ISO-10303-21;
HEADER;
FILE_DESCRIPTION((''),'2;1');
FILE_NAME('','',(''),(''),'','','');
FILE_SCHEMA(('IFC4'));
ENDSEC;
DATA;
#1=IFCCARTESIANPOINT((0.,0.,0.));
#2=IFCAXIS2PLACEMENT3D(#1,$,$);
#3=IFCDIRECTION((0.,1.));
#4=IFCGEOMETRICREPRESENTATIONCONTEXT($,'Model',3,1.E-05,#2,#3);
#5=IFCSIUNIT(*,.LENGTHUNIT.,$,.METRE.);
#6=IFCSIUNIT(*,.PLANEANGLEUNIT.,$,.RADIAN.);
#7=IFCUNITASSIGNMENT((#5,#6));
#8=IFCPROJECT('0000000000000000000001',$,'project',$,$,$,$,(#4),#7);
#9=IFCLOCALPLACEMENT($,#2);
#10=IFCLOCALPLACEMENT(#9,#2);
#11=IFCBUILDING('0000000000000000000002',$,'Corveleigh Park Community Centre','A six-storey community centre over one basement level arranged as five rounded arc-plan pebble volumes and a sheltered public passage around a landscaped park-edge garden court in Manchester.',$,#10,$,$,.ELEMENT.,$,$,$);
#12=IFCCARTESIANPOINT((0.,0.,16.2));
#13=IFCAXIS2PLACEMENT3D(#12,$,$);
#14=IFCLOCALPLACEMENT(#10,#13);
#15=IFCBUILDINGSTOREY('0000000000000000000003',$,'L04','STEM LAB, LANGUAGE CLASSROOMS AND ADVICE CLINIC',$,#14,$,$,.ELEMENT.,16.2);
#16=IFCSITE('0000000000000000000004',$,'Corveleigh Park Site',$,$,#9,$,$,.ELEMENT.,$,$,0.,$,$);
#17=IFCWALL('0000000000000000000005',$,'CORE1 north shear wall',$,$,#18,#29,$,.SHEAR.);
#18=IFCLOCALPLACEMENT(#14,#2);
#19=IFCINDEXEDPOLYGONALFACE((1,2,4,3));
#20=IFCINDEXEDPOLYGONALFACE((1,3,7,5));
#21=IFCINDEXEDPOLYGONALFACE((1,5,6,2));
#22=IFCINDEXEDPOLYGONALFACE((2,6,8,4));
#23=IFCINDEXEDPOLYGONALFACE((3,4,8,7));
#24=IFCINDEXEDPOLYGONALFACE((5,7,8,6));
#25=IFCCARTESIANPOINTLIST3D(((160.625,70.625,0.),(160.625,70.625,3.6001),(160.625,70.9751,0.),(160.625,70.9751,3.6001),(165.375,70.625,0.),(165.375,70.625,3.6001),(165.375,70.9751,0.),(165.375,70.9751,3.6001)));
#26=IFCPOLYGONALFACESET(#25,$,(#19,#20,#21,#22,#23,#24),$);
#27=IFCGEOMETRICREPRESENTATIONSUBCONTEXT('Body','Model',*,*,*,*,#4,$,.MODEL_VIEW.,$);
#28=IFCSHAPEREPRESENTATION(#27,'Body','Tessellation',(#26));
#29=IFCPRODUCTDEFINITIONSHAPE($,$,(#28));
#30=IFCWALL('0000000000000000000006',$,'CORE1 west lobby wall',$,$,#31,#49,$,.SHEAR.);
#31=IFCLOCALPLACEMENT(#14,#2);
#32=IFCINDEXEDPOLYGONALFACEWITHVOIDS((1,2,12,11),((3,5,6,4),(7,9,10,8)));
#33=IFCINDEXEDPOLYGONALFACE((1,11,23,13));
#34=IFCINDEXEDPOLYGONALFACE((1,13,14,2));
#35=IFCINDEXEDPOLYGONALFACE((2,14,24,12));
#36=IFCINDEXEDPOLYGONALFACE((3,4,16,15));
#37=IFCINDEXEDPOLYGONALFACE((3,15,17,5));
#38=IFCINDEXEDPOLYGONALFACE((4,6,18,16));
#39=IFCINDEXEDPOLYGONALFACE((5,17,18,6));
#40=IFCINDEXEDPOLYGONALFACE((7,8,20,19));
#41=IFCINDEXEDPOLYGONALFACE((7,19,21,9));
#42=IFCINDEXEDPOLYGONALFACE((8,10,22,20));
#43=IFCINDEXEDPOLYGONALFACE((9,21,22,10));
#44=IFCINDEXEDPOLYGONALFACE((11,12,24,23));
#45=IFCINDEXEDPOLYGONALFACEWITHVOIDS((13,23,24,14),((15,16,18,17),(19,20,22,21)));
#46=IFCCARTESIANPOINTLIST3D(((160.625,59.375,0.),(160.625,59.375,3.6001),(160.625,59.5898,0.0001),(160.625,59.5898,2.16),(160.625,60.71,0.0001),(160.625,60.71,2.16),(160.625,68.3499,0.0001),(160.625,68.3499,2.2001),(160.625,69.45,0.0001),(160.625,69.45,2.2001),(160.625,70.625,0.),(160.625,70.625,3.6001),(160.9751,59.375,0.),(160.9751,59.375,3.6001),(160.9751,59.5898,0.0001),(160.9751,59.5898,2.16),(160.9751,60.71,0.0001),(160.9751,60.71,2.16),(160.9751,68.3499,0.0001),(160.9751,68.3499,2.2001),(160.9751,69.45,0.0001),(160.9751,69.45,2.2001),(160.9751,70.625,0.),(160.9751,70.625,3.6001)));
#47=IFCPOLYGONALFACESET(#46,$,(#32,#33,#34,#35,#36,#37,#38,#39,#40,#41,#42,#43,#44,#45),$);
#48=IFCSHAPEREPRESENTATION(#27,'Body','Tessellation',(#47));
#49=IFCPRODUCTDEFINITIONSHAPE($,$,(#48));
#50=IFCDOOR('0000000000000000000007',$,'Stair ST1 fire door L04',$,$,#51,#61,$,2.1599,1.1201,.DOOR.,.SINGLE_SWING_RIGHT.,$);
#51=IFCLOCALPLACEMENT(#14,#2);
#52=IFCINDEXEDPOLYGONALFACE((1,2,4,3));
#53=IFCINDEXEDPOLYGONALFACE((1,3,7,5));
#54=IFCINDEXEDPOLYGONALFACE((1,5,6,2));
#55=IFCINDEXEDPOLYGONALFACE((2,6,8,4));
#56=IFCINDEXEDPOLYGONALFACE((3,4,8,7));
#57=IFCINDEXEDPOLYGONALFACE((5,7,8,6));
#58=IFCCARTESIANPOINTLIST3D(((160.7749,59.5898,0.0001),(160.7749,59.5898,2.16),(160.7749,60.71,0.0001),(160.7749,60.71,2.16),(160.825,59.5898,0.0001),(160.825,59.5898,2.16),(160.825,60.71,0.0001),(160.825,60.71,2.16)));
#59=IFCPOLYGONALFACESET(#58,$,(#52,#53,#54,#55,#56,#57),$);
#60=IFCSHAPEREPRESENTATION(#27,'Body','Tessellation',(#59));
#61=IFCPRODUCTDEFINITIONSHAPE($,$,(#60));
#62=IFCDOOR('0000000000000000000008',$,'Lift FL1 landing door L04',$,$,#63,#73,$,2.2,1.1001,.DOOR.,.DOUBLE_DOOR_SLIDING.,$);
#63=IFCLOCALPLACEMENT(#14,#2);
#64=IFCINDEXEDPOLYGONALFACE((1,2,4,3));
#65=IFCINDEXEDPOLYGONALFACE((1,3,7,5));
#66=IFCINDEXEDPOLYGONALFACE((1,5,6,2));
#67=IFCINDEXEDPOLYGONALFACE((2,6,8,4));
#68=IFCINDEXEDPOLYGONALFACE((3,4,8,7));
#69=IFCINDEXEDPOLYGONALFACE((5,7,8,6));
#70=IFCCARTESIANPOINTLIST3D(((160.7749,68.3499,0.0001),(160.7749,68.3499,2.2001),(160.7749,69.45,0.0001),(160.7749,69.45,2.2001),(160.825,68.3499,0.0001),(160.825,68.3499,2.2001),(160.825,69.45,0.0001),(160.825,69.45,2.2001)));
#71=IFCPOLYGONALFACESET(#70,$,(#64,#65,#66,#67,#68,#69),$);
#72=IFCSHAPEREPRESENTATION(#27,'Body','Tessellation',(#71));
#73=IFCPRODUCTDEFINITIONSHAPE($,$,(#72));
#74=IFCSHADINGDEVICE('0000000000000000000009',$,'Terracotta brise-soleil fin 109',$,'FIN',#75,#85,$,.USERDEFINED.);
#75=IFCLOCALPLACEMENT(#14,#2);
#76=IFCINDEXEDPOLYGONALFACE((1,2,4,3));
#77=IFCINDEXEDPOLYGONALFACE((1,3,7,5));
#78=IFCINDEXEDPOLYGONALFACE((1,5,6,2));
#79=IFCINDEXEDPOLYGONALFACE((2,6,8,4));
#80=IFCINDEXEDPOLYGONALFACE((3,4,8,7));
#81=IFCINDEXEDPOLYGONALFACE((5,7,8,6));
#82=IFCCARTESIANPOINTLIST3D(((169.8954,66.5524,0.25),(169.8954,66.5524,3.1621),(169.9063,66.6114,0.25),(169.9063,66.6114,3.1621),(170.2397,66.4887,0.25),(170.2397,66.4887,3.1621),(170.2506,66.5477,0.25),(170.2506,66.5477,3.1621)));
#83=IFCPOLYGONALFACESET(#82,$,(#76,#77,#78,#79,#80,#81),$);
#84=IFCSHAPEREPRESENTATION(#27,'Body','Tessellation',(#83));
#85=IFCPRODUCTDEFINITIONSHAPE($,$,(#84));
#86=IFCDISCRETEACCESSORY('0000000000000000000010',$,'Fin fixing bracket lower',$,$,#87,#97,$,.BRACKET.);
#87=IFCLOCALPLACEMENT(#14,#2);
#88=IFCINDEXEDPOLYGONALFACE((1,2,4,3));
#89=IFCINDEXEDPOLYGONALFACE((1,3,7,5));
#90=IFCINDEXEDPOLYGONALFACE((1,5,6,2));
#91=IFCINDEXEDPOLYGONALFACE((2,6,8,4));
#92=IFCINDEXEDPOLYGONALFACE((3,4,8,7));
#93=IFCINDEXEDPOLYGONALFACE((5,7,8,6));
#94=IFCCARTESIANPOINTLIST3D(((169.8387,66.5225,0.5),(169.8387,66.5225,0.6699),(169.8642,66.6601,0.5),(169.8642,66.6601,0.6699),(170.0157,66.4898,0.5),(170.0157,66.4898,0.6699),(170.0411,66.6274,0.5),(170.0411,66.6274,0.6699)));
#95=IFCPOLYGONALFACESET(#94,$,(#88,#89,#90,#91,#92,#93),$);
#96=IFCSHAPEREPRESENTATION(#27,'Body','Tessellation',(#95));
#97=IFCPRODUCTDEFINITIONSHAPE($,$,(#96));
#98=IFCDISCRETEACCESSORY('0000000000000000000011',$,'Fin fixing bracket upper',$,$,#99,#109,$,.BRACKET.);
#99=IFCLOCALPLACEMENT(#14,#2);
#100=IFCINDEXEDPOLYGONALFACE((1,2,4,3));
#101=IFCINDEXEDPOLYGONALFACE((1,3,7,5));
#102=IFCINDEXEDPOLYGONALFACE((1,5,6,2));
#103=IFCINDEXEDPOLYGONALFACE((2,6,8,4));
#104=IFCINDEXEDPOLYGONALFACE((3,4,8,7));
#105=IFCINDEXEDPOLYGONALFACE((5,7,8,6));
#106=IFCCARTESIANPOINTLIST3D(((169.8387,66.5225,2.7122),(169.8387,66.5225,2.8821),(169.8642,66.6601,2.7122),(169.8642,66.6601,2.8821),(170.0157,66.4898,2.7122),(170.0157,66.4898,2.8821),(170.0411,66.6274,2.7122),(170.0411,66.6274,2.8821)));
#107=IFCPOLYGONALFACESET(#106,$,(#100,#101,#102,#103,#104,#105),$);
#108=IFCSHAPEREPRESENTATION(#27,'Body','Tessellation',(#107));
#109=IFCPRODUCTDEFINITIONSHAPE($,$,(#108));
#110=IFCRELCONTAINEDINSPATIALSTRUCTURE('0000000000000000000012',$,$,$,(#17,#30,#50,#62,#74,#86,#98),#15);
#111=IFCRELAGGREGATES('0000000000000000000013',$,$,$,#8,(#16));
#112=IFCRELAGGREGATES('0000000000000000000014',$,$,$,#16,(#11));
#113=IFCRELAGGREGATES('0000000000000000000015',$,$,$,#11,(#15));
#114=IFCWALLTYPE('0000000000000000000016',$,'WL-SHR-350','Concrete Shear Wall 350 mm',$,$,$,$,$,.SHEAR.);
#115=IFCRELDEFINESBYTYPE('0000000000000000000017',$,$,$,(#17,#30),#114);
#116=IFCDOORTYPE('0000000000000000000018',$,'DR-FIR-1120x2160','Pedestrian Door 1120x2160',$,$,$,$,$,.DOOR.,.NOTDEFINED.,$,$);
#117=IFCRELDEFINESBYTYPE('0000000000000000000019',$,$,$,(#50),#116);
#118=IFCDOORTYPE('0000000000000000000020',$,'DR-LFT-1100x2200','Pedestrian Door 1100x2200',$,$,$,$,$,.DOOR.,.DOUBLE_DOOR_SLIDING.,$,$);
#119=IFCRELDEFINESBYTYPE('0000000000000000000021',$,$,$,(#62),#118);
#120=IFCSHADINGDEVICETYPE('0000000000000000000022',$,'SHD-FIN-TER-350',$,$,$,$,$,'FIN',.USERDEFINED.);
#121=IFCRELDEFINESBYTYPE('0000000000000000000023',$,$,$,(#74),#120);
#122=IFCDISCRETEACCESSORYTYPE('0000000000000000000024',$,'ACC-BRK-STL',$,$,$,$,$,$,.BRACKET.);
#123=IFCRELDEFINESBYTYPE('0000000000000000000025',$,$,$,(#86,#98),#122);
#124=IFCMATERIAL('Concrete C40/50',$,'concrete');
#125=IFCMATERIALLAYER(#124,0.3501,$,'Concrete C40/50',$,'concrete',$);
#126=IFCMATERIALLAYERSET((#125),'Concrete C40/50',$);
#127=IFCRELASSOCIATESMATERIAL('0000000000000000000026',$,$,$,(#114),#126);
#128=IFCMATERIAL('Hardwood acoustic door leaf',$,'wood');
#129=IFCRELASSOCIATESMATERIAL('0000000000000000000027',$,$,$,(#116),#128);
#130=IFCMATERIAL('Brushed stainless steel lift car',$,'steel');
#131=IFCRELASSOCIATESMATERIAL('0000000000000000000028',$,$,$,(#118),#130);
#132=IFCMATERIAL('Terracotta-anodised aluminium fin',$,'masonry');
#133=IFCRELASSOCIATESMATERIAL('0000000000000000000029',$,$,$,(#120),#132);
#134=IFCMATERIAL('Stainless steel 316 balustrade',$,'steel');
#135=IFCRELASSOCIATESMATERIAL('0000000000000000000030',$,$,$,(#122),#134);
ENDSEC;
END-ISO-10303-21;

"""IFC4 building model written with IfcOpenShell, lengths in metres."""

from ifc_helpers import new_model, si_unit, direction, frame, frame_2d, origin, origin_2d, place, context, subcontext, project, spatial, rectangle, extrude, material, layer, layer_set, type_object, element, fill, save


model = new_model("IFC4")

# Units and contexts
model_context = context("Model", 3, precision=1e-05, world=origin(), true_north=direction((0.0, 1.0)))
body_context = subcontext(model_context, "Body", "Model", "MODEL_VIEW")
ifc_project = project(units=[si_unit("LENGTHUNIT", "METRE"), si_unit("PLANEANGLEUNIT", "RADIAN")], contexts=[model_context])

# Site, building, storey
site_placement = place(None, origin())
site = spatial("IfcSite", under=ifc_project, at=site_placement, Name="Corveleigh Park Site", CompositionType="ELEMENT", RefElevation=0.0)
building_placement = place(site_placement, origin())
building = spatial("IfcBuilding", under=site, at=building_placement, Name="Corveleigh Park Community Centre", Description="A six-storey community centre over one basement level arranged as five rounded arc-plan pebble volumes and a sheltered public passage around a landscaped park-edge garden court in Manchester.", CompositionType="ELEMENT")
storey_placement = place(building_placement, frame((0.0, 0.0, 16.2)))
storey = spatial("IfcBuildingStorey", under=building, at=storey_placement, Name="L04", Description="STEM LAB, LANGUAGE CLASSROOMS AND ADVICE CLINIC", CompositionType="ELEMENT", Elevation=16.2)

# Shared definitions
ifc_material_1 = material(Name="Concrete C40/50", Category="concrete")

# Shared definitions
ifc_material_2 = material(Name="Hardwood acoustic door leaf", Category="wood")

# Wall
ifc_layer_1 = layer(ifc_material_1, 0.3501, Name="Concrete C40/50", Category="concrete")
ifc_layer_set_1 = layer_set([ifc_layer_1], Name="Concrete C40/50")
wall_type_1 = type_object("IfcWallType", Name="WL-SHR-350", Description="Concrete Shear Wall 350 mm", PredefinedType="SHEAR", material=ifc_layer_set_1)
wall_1_placement = place(storey_placement, frame((165.375, 70.8, 0.0), z_axis=(0.0, 0.0, 1.0), x_axis=(-1.0, 0.0, 0.0)))
element("IfcWall", 1, at=wall_1_placement, inside=storey, type_object=wall_type_1, Name="CORE1 north shear wall", PredefinedType="SHEAR", context=body_context, shape_type="SweptSolid", body=[
    extrude(rectangle(XDim=4.75, YDim=0.3501, at=frame_2d((2.375, 0.0))), origin(), (0.0, 0.0, 1.0), 3.6001),
])

# Wall, openings, doors
wall_2_placement = place(storey_placement, frame((160.8, 70.625, 0.0), z_axis=(0.0, 0.0, 1.0), x_axis=(0.0, -1.0, 0.0)))
wall_2 = element("IfcWall", 2, at=wall_2_placement, inside=storey, type_object=wall_type_1, Name="CORE1 west lobby wall", PredefinedType="SHEAR", context=body_context, shape_type="SweptSolid", body=[
    extrude(rectangle(XDim=11.25, YDim=0.3501, at=frame_2d((5.625, 0.0))), origin(), (0.0, 0.0, 1.0), 3.6001),
])
opening_1_placement = place(wall_2_placement, frame((1.175, 0.0, 0.0)))
opening_1 = element("IfcOpeningElement", 3, at=opening_1_placement, cuts=wall_2, PredefinedType="OPENING", context=body_context, shape_type="SweptSolid", body=[
    extrude(rectangle(XDim=1.1001, YDim=2.2, at=frame_2d((0.55, 1.1001))), frame((0.0, 0.1851, 0.0), z_axis=(0.0, -1.0, 0.0), x_axis=(1.0, 0.0, 0.0)), (0.0, 0.0, 1.0), 0.3701),
])
opening_2_placement = place(wall_2_placement, frame((9.915, 0.0, 0.0)))
opening_2 = element("IfcOpeningElement", 4, at=opening_2_placement, cuts=wall_2, PredefinedType="OPENING", context=body_context, shape_type="SweptSolid", body=[
    extrude(rectangle(XDim=1.1201, YDim=2.1599, at=frame_2d((0.5601, 1.0801))), frame((0.0, 0.1851, 0.0), z_axis=(0.0, -1.0, 0.0), x_axis=(1.0, 0.0, 0.0)), (0.0, 0.0, 1.0), 0.3701),
])
door_type_1 = type_object("IfcDoorType", Name="DR-FIR-1120x2160", Description="Pedestrian Door 1120x2160", OperationType="NOTDEFINED", PredefinedType="DOOR", material=ifc_material_2)
door_1_placement = place(opening_2_placement, origin())
door_1 = element("IfcDoor", 5, at=door_1_placement, inside=storey, type_object=door_type_1, Name="Stair ST1 fire door L04", OperationType="SINGLE_SWING_RIGHT", OverallHeight=2.1599, OverallWidth=1.1201, PredefinedType="DOOR", context=body_context, shape_type="SweptSolid", body=[
    extrude(rectangle(XDim=1.1201, YDim=2.1599, at=frame_2d((0.5601, 1.0801))), frame((0.0, 0.0249, 0.0), z_axis=(0.0, -1.0, 0.0), x_axis=(1.0, 0.0, 0.0)), (0.0, 0.0, 1.0), 0.05),
])
fill(opening_2, door_1)
ifc_material_3 = material(Name="Brushed stainless steel lift car", Category="steel")
door_type_2 = type_object("IfcDoorType", Name="DR-LFT-1100x2200", Description="Pedestrian Door 1100x2200", OperationType="DOUBLE_DOOR_SLIDING", PredefinedType="DOOR", material=ifc_material_3)
door_2_placement = place(opening_1_placement, origin())
door_2 = element("IfcDoor", 6, at=door_2_placement, inside=storey, type_object=door_type_2, Name="Lift FL1 landing door L04", OperationType="DOUBLE_DOOR_SLIDING", OverallHeight=2.2, OverallWidth=1.1001, PredefinedType="DOOR", context=body_context, shape_type="SweptSolid", body=[
    extrude(rectangle(XDim=1.1001, YDim=2.2, at=frame_2d((0.55, 1.1001))), frame((0.0, 0.0249, 0.0), z_axis=(0.0, -1.0, 0.0), x_axis=(1.0, 0.0, 0.0)), (0.0, 0.0, 1.0), 0.05),
])
fill(opening_1, door_2)

# Shading device
ifc_material_4 = material(Name="Terracotta-anodised aluminium fin", Category="masonry")
shading_device_type = type_object("IfcShadingDeviceType", Name="SHD-FIN-TER-350", ElementType="FIN", PredefinedType="USERDEFINED", material=ifc_material_4)
shading_device_placement = place(storey_placement, frame((170.073, 66.55, 0.25), z_axis=(0.0, 0.0, 1.0), x_axis=(0.983301, -0.181984, 0.0)))
element("IfcShadingDevice", 7, at=shading_device_placement, inside=storey, type_object=shading_device_type, Name="Terracotta brise-soleil fin 109", ObjectType="FIN", PredefinedType="USERDEFINED", context=body_context, shape_type="SweptSolid", body=[
    extrude(rectangle(XDim=0.3501, YDim=0.0601, at=origin_2d()), origin(), (0.0, 0.0, 1.0), 2.9121),
])

# Discrete accessories
ifc_material_5 = material(Name="Stainless steel 316 balustrade", Category="steel")
discrete_accessory_type = type_object("IfcDiscreteAccessoryType", Name="ACC-BRK-STL", PredefinedType="BRACKET", material=ifc_material_5)
for number, where, z_axis, x_axis, name in (
    (8, (169.9399, 66.575, 0.5), (0.0, 0.0, 1.0), (0.983301, -0.181984, 0.0), "Fin fixing bracket lower"),
    (9, (169.9399, 66.575, 2.7122), (0.0, 0.0, 1.0), (0.983301, -0.181984, 0.0), "Fin fixing bracket upper"),
):
    element("IfcDiscreteAccessory", number, at=place(storey_placement, frame(where, z_axis=z_axis, x_axis=x_axis)), inside=storey, type_object=discrete_accessory_type, Name=name, PredefinedType="BRACKET", context=body_context, shape_type="SweptSolid", body=[
        extrude(rectangle(XDim=0.1799, YDim=0.1399, at=origin_2d()), origin(), (0.0, 0.0, 1.0), 0.1699),
    ])

save(model, "model.ifc")
